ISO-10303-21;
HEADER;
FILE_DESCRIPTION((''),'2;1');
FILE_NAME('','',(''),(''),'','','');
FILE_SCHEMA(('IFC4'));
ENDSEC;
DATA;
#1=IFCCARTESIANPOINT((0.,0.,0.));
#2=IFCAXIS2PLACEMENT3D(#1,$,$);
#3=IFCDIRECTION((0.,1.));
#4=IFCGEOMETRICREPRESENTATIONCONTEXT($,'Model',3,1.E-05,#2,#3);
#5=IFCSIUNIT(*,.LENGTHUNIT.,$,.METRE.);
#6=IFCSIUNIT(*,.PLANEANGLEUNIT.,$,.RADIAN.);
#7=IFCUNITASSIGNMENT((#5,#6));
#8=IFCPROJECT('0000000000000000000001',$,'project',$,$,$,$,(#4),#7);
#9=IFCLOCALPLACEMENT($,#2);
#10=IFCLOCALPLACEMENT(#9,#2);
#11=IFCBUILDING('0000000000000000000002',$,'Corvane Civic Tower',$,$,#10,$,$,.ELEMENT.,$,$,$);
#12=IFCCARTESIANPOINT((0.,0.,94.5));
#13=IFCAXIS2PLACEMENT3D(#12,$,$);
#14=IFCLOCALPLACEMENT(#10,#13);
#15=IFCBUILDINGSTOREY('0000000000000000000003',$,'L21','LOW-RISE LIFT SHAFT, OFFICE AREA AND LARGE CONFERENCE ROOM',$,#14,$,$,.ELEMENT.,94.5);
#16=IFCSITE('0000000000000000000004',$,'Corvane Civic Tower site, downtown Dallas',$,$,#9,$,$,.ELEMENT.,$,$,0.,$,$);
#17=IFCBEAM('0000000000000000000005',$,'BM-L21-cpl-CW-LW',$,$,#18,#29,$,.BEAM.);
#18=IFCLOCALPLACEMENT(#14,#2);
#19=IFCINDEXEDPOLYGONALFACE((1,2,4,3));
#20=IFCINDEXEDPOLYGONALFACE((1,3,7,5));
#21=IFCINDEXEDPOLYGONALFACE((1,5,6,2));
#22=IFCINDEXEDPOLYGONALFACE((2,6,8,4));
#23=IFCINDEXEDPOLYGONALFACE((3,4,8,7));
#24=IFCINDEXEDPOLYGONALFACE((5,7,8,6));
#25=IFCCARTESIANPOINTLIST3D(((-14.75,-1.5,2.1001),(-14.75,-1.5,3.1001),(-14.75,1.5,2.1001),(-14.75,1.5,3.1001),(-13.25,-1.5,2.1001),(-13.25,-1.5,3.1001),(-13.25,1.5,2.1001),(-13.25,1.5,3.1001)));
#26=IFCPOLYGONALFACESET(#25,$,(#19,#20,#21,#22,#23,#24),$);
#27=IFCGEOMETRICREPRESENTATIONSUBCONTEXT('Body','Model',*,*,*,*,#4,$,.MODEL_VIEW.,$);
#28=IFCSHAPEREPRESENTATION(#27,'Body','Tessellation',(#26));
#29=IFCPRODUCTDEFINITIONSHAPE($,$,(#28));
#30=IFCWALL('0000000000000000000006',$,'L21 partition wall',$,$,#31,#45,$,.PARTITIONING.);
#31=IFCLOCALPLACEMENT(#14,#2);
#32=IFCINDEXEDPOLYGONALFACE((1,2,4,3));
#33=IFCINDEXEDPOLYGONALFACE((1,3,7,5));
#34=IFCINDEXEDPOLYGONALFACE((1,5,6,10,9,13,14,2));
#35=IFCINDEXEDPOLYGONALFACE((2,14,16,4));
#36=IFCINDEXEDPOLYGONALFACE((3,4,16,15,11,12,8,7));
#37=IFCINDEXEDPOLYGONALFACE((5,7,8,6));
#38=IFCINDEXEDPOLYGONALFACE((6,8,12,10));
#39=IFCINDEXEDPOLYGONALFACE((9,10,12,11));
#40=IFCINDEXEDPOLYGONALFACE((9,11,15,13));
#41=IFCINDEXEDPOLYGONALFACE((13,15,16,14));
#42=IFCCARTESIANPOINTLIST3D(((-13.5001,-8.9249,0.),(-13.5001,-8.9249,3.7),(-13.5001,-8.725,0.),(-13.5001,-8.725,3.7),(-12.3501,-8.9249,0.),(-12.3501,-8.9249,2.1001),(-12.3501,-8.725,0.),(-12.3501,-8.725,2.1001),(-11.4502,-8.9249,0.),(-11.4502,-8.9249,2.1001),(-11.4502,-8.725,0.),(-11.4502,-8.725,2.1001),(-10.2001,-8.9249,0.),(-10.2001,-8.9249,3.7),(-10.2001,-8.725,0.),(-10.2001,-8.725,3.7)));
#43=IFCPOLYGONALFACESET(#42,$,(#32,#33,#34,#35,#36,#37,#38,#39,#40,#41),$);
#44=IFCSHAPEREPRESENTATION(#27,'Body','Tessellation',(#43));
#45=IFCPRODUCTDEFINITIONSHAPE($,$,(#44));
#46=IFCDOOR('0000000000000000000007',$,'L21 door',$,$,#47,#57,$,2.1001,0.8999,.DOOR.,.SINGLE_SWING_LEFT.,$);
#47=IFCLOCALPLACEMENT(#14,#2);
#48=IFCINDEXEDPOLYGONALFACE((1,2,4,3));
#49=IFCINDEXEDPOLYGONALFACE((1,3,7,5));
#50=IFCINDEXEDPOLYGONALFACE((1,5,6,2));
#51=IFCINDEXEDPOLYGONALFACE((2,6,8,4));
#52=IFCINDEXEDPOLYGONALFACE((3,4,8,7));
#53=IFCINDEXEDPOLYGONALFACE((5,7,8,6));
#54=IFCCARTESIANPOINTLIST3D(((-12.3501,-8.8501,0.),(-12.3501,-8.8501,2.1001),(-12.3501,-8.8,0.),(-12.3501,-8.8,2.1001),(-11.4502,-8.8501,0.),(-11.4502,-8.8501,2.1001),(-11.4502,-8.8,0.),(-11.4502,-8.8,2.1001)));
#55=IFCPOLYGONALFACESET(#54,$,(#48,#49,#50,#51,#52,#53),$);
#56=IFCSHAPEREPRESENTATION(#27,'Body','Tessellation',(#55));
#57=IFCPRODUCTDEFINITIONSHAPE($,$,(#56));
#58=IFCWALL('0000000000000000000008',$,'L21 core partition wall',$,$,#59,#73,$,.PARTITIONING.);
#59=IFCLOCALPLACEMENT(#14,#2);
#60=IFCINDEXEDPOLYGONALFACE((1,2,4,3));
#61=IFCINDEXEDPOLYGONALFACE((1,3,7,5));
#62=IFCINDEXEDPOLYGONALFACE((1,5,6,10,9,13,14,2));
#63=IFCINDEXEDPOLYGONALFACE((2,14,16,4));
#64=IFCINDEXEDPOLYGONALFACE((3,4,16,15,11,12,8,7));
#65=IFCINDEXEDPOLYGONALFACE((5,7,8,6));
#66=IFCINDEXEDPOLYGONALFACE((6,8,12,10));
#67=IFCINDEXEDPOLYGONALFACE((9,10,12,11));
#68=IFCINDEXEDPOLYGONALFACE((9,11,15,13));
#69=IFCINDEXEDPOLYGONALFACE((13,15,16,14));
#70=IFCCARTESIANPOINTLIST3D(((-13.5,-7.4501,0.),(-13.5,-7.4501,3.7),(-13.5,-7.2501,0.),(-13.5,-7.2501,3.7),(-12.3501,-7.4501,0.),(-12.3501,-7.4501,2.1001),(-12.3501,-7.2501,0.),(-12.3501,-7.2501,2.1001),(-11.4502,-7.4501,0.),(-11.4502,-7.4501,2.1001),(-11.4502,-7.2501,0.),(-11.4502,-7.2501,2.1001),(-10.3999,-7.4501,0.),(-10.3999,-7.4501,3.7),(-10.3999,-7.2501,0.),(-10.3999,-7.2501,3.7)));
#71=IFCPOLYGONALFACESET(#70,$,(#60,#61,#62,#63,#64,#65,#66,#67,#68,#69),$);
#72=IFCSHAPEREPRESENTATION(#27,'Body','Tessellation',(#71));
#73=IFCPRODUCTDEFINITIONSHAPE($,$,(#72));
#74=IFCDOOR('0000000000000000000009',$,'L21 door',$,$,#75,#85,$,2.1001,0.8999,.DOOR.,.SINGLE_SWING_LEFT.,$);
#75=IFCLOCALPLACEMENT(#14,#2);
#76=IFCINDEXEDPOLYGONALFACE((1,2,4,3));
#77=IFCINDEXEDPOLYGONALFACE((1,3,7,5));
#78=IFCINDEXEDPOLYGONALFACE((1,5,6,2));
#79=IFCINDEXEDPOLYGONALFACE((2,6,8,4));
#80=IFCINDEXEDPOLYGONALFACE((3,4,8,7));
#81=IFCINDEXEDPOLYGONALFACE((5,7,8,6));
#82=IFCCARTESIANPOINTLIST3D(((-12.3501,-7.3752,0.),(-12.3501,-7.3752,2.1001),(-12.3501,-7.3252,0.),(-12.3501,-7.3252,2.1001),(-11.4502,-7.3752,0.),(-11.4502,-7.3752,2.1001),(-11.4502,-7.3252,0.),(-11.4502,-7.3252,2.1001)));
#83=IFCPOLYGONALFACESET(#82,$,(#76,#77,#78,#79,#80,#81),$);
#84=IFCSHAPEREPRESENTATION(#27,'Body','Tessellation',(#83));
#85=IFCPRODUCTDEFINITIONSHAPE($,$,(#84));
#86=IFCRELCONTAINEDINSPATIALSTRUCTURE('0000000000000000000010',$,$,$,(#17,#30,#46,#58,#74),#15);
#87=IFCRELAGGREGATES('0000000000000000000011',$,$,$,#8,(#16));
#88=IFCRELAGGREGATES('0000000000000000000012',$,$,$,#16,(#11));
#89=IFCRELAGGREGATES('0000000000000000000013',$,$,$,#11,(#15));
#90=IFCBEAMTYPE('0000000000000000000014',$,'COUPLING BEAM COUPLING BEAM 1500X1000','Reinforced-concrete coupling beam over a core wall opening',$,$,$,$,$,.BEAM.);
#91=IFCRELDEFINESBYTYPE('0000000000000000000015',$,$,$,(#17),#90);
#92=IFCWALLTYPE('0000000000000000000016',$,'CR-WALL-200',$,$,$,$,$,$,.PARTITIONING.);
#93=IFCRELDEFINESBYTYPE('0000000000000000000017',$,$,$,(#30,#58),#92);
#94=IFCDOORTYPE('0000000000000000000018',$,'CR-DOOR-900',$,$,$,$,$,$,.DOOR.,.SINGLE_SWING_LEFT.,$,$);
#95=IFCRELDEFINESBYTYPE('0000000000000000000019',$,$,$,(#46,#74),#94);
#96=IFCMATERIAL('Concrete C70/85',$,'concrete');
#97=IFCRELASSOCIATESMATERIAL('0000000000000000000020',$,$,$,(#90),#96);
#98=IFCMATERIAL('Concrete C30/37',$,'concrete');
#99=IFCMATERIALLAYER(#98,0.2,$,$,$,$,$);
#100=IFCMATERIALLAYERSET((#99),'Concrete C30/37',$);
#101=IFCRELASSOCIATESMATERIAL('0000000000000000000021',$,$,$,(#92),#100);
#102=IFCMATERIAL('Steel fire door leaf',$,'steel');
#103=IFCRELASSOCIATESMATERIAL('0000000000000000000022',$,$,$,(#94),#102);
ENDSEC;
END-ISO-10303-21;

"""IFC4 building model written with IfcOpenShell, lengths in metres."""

from ifc_helpers import new_model, si_unit, direction, frame, frame_2d, origin, origin_2d, place, context, subcontext, project, spatial, rectangle, extrude, material, layer, layer_set, material_profile, profile_set, type_object, element, fill, save


model = new_model("IFC4")

# Units and contexts
model_context = context("Model", 3, precision=1e-05, world=origin(), true_north=direction((0.0, 1.0)))
body_context = subcontext(model_context, "Body", "Model", "MODEL_VIEW")
ifc_project = project(units=[si_unit("LENGTHUNIT", "METRE"), si_unit("PLANEANGLEUNIT", "RADIAN")], contexts=[model_context])

# Site, building, storey
site_placement = place(None, origin())
site = spatial("IfcSite", under=ifc_project, at=site_placement, Name="Corvane Civic Tower site, downtown Dallas", CompositionType="ELEMENT", RefElevation=0.0)
building_placement = place(site_placement, origin())
building = spatial("IfcBuilding", under=site, at=building_placement, Name="Corvane Civic Tower", CompositionType="ELEMENT")
storey_placement = place(building_placement, frame((0.0, 0.0, 94.5)))
storey = spatial("IfcBuildingStorey", under=building, at=storey_placement, Name="L21", Description="LOW-RISE LIFT SHAFT, OFFICE AREA AND LARGE CONFERENCE ROOM", CompositionType="ELEMENT", Elevation=94.5)

# Beam
ifc_material_1 = material(Name="Concrete C70/85", Category="concrete")
ifc_material_profile = material_profile(ifc_material_1, rectangle(XDim=1.5, YDim=1.0, at=origin_2d()), Name="COUPLING BEAM 1500X1000")
ifc_profile_set = profile_set([ifc_material_profile], Name="Concrete C70/85")
beam_type = type_object("IfcBeamType", Name="COUPLING BEAM COUPLING BEAM 1500X1000", Description="Reinforced-concrete coupling beam over a core wall opening", PredefinedType="BEAM", material=ifc_profile_set)
beam_placement = place(storey_placement, frame((-14.0, -1.5, 2.6001), z_axis=(0.0, 1.0, 0.0), x_axis=(-1.0, 0.0, 0.0)))
element("IfcBeam", 1, at=beam_placement, inside=storey, type_object=beam_type, Name="BM-L21-cpl-CW-LW", PredefinedType="BEAM", context=body_context, shape_type="SweptSolid", body=[
    extrude(rectangle(XDim=1.5, YDim=1.0, at=origin_2d()), origin(), (0.0, 0.0, 1.0), 3.0),
])

# Walls, openings, doors
ifc_material_2 = material(Name="Concrete C30/37", Category="concrete")
ifc_layer_1 = layer(ifc_material_2, 0.2)
ifc_layer_set_1 = layer_set([ifc_layer_1], Name="Concrete C30/37")
wall_type_1 = type_object("IfcWallType", Name="CR-WALL-200", PredefinedType="PARTITIONING", material=ifc_layer_set_1)
wall_1_placement = place(storey_placement, frame((-13.5, -8.825, 0.0), z_axis=(0.0, 0.0, 1.0), x_axis=(1.0, 0.0, 0.0)))
wall_1 = element("IfcWall", 2, at=wall_1_placement, inside=storey, type_object=wall_type_1, Name="L21 partition wall", PredefinedType="PARTITIONING", context=body_context, shape_type="SweptSolid", body=[
    extrude(rectangle(XDim=3.3, YDim=0.2, at=frame_2d((1.6499, 0.0))), origin(), (0.0, 0.0, 1.0), 3.7),
])
opening_1_placement = place(wall_1_placement, frame((1.1499, 0.0, 0.0)))
opening_1 = element("IfcOpeningElement", 3, at=opening_1_placement, cuts=wall_1, PredefinedType="OPENING", context=body_context, shape_type="SweptSolid", body=[
    extrude(rectangle(XDim=0.8999, YDim=2.1001, at=frame_2d((0.45, 1.05))), frame((0.0, 0.1099, 0.0), z_axis=(0.0, -1.0, 0.0), x_axis=(1.0, 0.0, 0.0)), (0.0, 0.0, 1.0), 0.22),
])
ifc_material_3 = material(Name="Steel fire door leaf", Category="steel")
door_type_1 = type_object("IfcDoorType", Name="CR-DOOR-900", OperationType="SINGLE_SWING_LEFT", PredefinedType="DOOR", material=ifc_material_3)
door_1_placement = place(opening_1_placement, origin())
door_1 = element("IfcDoor", 4, at=door_1_placement, inside=storey, type_object=door_type_1, Name="L21 door", OperationType="SINGLE_SWING_LEFT", OverallHeight=2.1001, OverallWidth=0.8999, PredefinedType="DOOR", context=body_context, shape_type="SweptSolid", body=[
    extrude(rectangle(XDim=0.8999, YDim=2.1001, at=frame_2d((0.45, 1.05))), frame((0.0, 0.0249, 0.0), z_axis=(0.0, -1.0, 0.0), x_axis=(1.0, 0.0, 0.0)), (0.0, 0.0, 1.0), 0.05),
])
fill(opening_1, door_1)
wall_2_placement = place(storey_placement, frame((-13.5, -7.3501, 0.0), z_axis=(0.0, 0.0, 1.0), x_axis=(1.0, 0.0, 0.0)))
wall_2 = element("IfcWall", 5, at=wall_2_placement, inside=storey, type_object=wall_type_1, Name="L21 core partition wall", PredefinedType="PARTITIONING", context=body_context, shape_type="SweptSolid", body=[
    extrude(rectangle(XDim=3.1001, YDim=0.2, at=frame_2d((1.55, 0.0))), origin(), (0.0, 0.0, 1.0), 3.7),
])
opening_2_placement = place(wall_2_placement, frame((1.1499, 0.0, 0.0)))
opening_2 = element("IfcOpeningElement", 6, at=opening_2_placement, cuts=wall_2, PredefinedType="OPENING", context=body_context, shape_type="SweptSolid", body=[
    extrude(rectangle(XDim=0.8999, YDim=2.1001, at=frame_2d((0.45, 1.05))), frame((0.0, 0.1099, 0.0), z_axis=(0.0, -1.0, 0.0), x_axis=(1.0, 0.0, 0.0)), (0.0, 0.0, 1.0), 0.22),
])
door_2_placement = place(opening_2_placement, origin())
door_2 = element("IfcDoor", 7, at=door_2_placement, inside=storey, type_object=door_type_1, Name="L21 door", OperationType="SINGLE_SWING_LEFT", OverallHeight=2.1001, OverallWidth=0.8999, PredefinedType="DOOR", context=body_context, shape_type="SweptSolid", body=[
    extrude(rectangle(XDim=0.8999, YDim=2.1001, at=frame_2d((0.45, 1.05))), frame((0.0, 0.0249, 0.0), z_axis=(0.0, -1.0, 0.0), x_axis=(1.0, 0.0, 0.0)), (0.0, 0.0, 1.0), 0.05),
])
fill(opening_2, door_2)

save(model, "model.ifc")
